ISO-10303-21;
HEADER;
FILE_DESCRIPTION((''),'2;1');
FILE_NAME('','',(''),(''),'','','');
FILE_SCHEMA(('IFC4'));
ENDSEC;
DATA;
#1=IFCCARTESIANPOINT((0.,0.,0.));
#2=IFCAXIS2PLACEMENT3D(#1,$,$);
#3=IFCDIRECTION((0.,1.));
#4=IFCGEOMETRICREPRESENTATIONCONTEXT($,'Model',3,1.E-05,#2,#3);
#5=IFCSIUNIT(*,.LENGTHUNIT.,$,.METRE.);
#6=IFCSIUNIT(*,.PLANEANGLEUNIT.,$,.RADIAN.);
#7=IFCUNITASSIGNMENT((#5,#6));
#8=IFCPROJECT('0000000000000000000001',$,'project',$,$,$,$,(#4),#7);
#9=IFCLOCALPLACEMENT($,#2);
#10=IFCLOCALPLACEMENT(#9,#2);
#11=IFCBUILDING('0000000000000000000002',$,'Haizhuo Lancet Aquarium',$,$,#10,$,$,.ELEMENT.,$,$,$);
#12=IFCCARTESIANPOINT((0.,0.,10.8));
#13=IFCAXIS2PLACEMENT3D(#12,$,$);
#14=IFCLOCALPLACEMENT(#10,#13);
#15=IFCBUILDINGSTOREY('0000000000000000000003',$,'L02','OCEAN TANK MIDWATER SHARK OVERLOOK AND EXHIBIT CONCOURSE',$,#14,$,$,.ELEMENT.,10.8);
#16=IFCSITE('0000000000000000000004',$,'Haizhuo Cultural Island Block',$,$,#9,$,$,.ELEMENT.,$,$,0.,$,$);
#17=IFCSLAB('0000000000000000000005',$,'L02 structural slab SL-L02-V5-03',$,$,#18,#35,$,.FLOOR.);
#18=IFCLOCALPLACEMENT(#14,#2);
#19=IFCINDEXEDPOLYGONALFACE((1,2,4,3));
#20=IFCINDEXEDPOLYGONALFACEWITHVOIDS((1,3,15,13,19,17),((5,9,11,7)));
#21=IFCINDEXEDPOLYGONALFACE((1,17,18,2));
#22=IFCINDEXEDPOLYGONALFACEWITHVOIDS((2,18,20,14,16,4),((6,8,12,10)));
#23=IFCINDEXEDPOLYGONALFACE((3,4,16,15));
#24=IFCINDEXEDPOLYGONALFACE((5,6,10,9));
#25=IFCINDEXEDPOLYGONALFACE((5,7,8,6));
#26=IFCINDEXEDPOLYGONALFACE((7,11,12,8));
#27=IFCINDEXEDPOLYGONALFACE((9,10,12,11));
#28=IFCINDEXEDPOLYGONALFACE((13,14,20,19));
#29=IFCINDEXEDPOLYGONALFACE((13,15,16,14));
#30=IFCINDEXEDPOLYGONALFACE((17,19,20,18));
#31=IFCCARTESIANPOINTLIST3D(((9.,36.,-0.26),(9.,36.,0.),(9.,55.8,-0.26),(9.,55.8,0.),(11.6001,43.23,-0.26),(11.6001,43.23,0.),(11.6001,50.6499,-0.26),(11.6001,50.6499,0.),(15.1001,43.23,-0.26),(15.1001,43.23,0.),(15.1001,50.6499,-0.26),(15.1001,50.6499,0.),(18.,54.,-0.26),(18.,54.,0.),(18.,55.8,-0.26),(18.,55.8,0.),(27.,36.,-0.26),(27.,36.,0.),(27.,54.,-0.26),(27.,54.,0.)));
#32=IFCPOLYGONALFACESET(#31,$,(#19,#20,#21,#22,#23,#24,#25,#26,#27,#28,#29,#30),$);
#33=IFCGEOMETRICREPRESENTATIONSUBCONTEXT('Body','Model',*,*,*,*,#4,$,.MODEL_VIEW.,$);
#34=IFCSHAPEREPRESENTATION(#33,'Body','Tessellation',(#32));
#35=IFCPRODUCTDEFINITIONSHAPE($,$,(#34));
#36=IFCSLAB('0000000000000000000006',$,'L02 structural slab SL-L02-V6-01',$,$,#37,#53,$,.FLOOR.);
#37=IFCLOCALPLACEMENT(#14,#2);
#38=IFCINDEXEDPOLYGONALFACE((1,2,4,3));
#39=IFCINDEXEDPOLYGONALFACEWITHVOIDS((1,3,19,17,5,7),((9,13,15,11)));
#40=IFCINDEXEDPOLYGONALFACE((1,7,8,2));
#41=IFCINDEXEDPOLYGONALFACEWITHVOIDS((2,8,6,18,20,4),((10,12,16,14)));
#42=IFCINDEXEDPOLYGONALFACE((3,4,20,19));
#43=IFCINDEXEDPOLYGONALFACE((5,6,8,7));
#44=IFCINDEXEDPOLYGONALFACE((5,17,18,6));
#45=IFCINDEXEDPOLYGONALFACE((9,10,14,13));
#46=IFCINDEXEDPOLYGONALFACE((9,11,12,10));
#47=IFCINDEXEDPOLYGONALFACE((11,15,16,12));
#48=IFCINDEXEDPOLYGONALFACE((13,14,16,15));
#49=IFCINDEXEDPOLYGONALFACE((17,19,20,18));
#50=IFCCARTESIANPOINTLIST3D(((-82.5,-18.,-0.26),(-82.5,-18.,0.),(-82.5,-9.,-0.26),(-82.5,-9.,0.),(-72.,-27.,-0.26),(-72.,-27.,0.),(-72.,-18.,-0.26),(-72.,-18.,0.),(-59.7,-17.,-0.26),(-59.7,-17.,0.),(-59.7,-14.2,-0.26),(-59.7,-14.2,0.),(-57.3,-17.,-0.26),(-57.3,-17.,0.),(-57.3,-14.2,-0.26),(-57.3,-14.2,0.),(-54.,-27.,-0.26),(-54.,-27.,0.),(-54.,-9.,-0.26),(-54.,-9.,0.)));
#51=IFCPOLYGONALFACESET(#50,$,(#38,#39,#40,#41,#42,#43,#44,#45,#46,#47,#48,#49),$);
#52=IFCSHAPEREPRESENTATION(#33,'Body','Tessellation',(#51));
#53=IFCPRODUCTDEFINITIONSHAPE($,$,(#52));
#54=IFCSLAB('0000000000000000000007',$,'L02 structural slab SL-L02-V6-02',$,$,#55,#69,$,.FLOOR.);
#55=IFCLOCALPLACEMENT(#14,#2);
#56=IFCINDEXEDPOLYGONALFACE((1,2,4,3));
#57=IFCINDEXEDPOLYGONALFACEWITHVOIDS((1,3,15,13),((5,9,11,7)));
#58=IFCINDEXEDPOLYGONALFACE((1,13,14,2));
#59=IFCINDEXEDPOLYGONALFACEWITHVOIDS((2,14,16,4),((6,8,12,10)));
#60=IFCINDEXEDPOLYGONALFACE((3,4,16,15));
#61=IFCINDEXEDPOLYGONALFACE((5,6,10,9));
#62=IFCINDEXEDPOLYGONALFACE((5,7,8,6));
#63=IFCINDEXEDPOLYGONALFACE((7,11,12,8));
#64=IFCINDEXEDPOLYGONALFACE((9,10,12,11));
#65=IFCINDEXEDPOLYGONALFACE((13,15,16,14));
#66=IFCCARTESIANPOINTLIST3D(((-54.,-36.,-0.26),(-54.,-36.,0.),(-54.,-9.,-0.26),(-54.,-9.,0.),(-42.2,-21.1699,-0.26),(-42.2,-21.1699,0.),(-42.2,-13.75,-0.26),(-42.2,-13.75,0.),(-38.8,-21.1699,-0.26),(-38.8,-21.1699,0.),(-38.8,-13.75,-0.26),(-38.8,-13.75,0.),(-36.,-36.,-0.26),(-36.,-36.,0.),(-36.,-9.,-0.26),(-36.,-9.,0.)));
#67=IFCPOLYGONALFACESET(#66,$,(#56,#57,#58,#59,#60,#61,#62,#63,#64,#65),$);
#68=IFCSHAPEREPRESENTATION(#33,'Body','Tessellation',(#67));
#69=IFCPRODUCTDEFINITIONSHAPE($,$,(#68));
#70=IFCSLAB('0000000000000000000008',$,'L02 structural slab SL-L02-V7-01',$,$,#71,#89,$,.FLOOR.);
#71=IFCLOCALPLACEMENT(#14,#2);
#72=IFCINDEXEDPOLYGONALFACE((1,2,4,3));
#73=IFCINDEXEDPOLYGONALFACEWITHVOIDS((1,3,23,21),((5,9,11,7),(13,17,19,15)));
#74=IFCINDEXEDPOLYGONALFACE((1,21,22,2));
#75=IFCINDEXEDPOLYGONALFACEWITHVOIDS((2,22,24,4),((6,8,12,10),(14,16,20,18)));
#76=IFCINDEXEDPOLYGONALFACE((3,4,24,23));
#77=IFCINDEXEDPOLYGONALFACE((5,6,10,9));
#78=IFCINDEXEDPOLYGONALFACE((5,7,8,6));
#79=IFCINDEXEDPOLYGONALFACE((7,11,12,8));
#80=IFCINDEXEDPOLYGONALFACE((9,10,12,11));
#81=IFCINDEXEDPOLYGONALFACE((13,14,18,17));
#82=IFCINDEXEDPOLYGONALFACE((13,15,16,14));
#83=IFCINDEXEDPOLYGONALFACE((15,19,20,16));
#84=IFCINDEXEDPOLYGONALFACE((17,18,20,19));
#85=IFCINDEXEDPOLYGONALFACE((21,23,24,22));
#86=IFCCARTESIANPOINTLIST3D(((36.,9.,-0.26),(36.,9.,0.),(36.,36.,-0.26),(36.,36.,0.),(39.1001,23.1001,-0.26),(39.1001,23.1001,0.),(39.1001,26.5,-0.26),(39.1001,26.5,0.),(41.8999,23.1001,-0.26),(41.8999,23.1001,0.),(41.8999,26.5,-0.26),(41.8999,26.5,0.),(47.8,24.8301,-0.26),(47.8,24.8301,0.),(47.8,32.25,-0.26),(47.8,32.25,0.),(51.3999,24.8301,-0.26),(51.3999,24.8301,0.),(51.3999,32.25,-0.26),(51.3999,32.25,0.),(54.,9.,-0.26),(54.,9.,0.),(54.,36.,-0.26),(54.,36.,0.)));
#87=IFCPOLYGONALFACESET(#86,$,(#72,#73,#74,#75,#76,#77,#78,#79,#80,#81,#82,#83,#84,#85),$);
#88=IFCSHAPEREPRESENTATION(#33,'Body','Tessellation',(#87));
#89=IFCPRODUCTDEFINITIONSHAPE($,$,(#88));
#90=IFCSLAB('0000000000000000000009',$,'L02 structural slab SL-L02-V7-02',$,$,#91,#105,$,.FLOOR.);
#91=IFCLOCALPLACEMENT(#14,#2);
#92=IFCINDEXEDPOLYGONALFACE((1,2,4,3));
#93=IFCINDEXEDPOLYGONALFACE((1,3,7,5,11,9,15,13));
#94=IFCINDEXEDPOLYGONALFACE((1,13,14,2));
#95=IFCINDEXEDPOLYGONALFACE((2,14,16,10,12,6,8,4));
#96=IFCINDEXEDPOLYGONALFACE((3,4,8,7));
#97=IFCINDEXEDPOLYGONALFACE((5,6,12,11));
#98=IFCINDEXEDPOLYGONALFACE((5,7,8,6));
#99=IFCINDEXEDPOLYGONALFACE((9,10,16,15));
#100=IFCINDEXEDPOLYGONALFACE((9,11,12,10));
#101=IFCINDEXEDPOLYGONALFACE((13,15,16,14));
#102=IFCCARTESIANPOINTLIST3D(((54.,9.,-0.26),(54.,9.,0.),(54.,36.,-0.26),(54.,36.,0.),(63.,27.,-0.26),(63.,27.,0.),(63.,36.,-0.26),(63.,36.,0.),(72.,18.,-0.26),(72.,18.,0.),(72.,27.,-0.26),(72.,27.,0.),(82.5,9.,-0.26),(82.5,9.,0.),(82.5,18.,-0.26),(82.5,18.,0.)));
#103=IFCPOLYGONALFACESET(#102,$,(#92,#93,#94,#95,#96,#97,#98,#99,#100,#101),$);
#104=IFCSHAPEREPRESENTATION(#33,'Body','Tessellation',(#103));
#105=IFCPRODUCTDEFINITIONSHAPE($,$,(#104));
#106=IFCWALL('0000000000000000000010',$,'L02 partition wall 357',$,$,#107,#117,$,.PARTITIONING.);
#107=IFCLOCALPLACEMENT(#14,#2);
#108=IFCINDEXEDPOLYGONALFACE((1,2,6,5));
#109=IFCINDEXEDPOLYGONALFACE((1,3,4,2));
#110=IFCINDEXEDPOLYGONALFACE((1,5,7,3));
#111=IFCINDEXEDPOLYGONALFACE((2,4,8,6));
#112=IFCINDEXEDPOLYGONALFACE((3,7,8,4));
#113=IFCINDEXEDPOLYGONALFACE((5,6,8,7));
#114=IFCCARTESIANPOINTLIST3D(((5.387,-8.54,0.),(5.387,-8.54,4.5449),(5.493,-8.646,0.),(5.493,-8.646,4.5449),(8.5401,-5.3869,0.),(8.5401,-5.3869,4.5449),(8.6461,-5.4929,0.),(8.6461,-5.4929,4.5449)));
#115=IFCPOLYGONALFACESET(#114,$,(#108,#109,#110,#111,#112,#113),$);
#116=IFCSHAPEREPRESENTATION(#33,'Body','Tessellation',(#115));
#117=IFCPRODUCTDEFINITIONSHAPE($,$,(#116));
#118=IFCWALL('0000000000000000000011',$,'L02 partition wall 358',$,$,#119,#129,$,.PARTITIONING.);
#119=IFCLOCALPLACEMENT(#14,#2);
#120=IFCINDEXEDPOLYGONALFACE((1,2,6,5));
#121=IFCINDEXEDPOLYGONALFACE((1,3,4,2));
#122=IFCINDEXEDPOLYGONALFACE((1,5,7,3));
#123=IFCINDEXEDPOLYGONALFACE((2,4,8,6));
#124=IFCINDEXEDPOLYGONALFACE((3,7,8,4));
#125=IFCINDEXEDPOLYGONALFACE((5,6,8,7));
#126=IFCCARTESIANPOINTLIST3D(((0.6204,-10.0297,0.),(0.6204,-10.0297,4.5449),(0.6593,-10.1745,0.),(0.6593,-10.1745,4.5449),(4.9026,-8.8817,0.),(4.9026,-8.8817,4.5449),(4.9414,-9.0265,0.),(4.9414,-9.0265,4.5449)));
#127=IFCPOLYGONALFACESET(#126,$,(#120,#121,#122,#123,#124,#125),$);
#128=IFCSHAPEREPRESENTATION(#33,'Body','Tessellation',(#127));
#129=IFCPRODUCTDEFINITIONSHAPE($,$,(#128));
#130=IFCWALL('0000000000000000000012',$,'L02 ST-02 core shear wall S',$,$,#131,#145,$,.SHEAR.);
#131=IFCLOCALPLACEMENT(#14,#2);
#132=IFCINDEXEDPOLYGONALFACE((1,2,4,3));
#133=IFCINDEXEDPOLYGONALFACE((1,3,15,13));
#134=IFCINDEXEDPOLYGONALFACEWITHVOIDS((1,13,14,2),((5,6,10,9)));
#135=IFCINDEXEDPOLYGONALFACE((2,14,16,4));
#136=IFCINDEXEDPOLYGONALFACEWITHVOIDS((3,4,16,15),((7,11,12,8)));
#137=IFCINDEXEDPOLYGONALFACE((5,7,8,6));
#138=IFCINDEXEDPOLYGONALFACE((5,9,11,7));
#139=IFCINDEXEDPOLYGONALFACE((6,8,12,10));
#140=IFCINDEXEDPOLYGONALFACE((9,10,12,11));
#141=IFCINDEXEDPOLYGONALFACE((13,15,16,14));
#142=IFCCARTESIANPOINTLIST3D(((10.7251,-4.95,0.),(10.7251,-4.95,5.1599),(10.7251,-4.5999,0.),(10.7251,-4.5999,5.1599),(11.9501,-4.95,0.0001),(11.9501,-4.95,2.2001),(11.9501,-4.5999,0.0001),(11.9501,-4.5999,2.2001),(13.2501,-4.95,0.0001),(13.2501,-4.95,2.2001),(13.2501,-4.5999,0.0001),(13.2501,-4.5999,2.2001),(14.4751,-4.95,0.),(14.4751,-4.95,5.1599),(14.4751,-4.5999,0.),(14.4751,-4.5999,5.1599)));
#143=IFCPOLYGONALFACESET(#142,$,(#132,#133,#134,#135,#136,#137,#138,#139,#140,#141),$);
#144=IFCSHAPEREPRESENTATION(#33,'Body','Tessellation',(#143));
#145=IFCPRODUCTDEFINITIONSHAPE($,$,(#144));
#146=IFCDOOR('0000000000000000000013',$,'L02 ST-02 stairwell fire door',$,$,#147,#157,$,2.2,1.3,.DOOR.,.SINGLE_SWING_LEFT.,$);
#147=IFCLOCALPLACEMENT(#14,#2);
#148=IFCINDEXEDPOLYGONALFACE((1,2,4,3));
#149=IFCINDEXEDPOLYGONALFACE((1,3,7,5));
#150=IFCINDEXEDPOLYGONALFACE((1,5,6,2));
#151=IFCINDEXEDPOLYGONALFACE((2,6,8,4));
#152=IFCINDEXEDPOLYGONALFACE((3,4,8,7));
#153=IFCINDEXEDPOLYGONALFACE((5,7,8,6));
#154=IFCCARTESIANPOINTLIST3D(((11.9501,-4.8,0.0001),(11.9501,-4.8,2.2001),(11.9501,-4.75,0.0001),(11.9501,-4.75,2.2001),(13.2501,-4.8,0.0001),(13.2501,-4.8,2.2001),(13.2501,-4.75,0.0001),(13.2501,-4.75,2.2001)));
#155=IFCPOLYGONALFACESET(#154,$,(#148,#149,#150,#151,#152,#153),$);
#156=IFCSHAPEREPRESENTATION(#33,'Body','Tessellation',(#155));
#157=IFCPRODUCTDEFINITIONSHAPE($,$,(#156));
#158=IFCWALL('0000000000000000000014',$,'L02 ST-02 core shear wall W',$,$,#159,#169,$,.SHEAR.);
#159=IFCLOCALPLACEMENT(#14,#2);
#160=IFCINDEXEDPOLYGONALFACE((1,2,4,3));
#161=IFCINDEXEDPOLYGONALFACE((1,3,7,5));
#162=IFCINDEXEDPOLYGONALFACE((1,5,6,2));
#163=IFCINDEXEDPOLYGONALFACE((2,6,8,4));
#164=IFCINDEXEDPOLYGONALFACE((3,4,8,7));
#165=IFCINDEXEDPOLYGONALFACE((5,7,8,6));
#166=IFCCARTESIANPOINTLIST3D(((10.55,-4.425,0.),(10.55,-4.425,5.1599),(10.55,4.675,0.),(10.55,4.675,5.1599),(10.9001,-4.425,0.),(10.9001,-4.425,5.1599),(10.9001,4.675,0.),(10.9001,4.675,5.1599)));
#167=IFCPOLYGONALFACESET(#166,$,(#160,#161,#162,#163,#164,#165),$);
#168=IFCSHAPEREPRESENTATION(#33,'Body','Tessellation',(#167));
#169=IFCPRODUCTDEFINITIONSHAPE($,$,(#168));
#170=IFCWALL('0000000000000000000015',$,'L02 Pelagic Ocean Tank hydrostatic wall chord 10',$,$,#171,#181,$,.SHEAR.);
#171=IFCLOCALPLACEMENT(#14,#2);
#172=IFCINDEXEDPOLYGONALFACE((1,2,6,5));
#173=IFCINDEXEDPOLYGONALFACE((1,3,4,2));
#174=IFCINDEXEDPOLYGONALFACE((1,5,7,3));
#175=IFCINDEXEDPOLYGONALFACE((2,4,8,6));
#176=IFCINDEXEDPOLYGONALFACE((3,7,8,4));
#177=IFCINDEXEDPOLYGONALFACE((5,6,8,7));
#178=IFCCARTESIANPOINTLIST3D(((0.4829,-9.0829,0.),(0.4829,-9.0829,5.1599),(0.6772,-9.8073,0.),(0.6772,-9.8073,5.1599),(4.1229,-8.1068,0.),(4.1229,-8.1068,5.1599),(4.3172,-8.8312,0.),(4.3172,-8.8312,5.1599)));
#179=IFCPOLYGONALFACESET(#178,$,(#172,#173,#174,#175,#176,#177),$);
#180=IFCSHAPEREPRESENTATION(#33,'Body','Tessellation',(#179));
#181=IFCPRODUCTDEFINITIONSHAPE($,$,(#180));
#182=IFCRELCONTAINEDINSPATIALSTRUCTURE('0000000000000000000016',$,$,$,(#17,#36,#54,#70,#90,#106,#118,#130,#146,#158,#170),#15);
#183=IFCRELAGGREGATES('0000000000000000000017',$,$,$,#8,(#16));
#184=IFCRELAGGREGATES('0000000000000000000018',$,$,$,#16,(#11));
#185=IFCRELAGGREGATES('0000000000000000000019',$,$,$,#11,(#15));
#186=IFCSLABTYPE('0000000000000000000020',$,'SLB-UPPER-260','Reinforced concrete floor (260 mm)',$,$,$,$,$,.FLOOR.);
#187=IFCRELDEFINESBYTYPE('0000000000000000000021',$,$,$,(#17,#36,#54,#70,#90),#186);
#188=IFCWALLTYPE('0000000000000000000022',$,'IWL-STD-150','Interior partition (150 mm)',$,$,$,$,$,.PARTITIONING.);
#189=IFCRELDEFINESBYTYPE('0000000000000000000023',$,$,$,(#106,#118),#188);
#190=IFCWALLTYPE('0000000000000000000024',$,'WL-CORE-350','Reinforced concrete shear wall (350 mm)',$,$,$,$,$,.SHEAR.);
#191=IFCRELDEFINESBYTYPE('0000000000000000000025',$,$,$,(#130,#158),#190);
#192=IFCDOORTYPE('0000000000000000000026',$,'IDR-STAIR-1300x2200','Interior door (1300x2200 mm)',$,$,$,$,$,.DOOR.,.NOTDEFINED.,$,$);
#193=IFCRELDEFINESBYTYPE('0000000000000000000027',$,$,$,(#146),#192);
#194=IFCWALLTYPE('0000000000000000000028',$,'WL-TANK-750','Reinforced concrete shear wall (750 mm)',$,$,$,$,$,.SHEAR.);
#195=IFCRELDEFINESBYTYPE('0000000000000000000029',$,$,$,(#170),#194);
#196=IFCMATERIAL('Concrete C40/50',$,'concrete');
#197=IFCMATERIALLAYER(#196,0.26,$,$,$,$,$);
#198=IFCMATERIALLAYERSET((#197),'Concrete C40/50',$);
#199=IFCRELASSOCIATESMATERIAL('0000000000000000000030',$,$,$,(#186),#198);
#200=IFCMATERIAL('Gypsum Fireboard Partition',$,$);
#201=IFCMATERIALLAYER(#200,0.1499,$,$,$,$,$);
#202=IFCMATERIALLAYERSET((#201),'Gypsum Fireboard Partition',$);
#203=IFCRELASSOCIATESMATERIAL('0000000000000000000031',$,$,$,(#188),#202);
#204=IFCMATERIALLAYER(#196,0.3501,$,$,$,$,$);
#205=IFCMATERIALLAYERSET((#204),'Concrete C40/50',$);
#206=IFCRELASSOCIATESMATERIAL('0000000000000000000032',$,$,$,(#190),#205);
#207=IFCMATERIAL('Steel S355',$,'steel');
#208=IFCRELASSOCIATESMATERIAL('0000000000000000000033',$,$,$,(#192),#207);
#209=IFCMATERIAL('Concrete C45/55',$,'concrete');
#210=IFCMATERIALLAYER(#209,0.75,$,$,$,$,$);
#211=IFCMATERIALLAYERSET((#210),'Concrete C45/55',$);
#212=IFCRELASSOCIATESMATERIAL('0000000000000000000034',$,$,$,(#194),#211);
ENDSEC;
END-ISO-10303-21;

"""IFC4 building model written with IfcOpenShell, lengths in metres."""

from ifc_helpers import new_model, si_unit, direction, frame, frame_2d, origin, place, context, subcontext, project, spatial, polyline, rectangle, outline, extrude, material, layer, layer_set, type_object, element, fill, save


model = new_model("IFC4")

# Units and contexts
model_context = context("Model", 3, precision=1e-05, world=origin(), true_north=direction((0.0, 1.0)))
body_context = subcontext(model_context, "Body", "Model", "MODEL_VIEW")
ifc_project = project(units=[si_unit("LENGTHUNIT", "METRE"), si_unit("PLANEANGLEUNIT", "RADIAN")], contexts=[model_context])

# Site, building, storey
site_placement = place(None, origin())
site = spatial("IfcSite", under=ifc_project, at=site_placement, Name="Haizhuo Cultural Island Block", CompositionType="ELEMENT", RefElevation=0.0)
building_placement = place(site_placement, origin())
building = spatial("IfcBuilding", under=site, at=building_placement, Name="Haizhuo Lancet Aquarium", CompositionType="ELEMENT")
storey_placement = place(building_placement, frame((0.0, 0.0, 10.8)))
storey = spatial("IfcBuildingStorey", under=building, at=storey_placement, Name="L02", Description="OCEAN TANK MIDWATER SHARK OVERLOOK AND EXHIBIT CONCOURSE", CompositionType="ELEMENT", Elevation=10.8)

# Shared definitions
ifc_material_1 = material(Name="Concrete C40/50", Category="concrete")
ifc_material_2 = material(Name="Steel S355", Category="steel")

# Slabs
ifc_layer_1 = layer(ifc_material_1, 0.26)
ifc_layer_set_1 = layer_set([ifc_layer_1], Name="Concrete C40/50")
slab_type_1 = type_object("IfcSlabType", Name="SLB-UPPER-260", Description="Reinforced concrete floor (260 mm)", PredefinedType="FLOOR", material=ifc_layer_set_1)
slab_1_placement = place(storey_placement, frame((0.0, 0.0, -0.26)))
element("IfcSlab", 1, at=slab_1_placement, inside=storey, type_object=slab_type_1, Name="L02 structural slab SL-L02-V5-03", PredefinedType="FLOOR", context=body_context, shape_type="SweptSolid", body=[
    extrude(outline(polyline([(9.0, 55.8), (9.0, 36.0), (27.0, 36.0), (27.0, 54.0), (18.0, 54.0), (18.0, 55.8), (9.0, 55.8)]), holes=[polyline([(11.6001, 43.23), (15.1001, 43.23), (15.1001, 50.6499), (11.6001, 50.6499), (11.6001, 43.23)])]), origin(), (0.0, 0.0, 1.0), 0.26),
])
slab_2_placement = place(storey_placement, frame((0.0, 0.0, -0.26)))
element("IfcSlab", 2, at=slab_2_placement, inside=storey, type_object=slab_type_1, Name="L02 structural slab SL-L02-V6-01", PredefinedType="FLOOR", context=body_context, shape_type="SweptSolid", body=[
    extrude(outline(polyline([(-72.0, -27.0), (-54.0, -27.0), (-54.0, -9.0), (-82.5, -9.0), (-82.5, -18.0), (-72.0, -18.0), (-72.0, -27.0)]), holes=[polyline([(-57.3, -14.2), (-59.7, -14.2), (-59.7, -17.0), (-57.3, -17.0), (-57.3, -14.2)])]), origin(), (0.0, 0.0, 1.0), 0.26),
])
slab_3_placement = place(storey_placement, frame((0.0, 0.0, -0.26)))
element("IfcSlab", 3, at=slab_3_placement, inside=storey, type_object=slab_type_1, Name="L02 structural slab SL-L02-V6-02", PredefinedType="FLOOR", context=body_context, shape_type="SweptSolid", body=[
    extrude(outline(polyline([(-54.0, -9.0), (-54.0, -36.0), (-36.0, -36.0), (-36.0, -9.0), (-54.0, -9.0)]), holes=[polyline([(-38.8, -13.75), (-42.2, -13.75), (-42.2, -21.1699), (-38.8, -21.1699), (-38.8, -13.75)])]), origin(), (0.0, 0.0, 1.0), 0.26),
])
slab_4_placement = place(storey_placement, frame((0.0, 0.0, -0.26)))
element("IfcSlab", 4, at=slab_4_placement, inside=storey, type_object=slab_type_1, Name="L02 structural slab SL-L02-V7-01", PredefinedType="FLOOR", context=body_context, shape_type="SweptSolid", body=[
    extrude(outline(polyline([(36.0, 9.0), (54.0, 9.0), (54.0, 36.0), (36.0, 36.0), (36.0, 9.0)]), holes=[polyline([(51.3999, 24.8301), (51.3999, 32.25), (47.8, 32.25), (47.8, 24.8301), (51.3999, 24.8301)]), polyline([(41.8999, 26.5), (39.1001, 26.5), (39.1001, 23.1001), (41.8999, 23.1001), (41.8999, 26.5)])]), origin(), (0.0, 0.0, 1.0), 0.26),
])
slab_5_placement = place(storey_placement, frame((0.0, 0.0, -0.26)))
element("IfcSlab", 5, at=slab_5_placement, inside=storey, type_object=slab_type_1, Name="L02 structural slab SL-L02-V7-02", PredefinedType="FLOOR", context=body_context, shape_type="SweptSolid", body=[
    extrude(outline(polyline([(54.0, 36.0), (54.0, 9.0), (82.5, 9.0), (82.5, 18.0), (72.0, 18.0), (72.0, 27.0), (63.0, 27.0), (63.0, 36.0), (54.0, 36.0)])), origin(), (0.0, 0.0, 1.0), 0.26),
])

# Walls
ifc_material_3 = material(Name="Gypsum Fireboard Partition")
ifc_layer_2 = layer(ifc_material_3, 0.1499)
ifc_layer_set_2 = layer_set([ifc_layer_2], Name="Gypsum Fireboard Partition")
wall_type_1 = type_object("IfcWallType", Name="IWL-STD-150", Description="Interior partition (150 mm)", PredefinedType="PARTITIONING", material=ifc_layer_set_2)
wall_1_placement = place(storey_placement, frame((8.593, -5.4399, 0.0), z_axis=(0.0, 0.0, 1.0), x_axis=(-0.707107, -0.707107, 0.0)))
element("IfcWall", 6, at=wall_1_placement, inside=storey, type_object=wall_type_1, Name="L02 partition wall 357", PredefinedType="PARTITIONING", context=body_context, shape_type="SweptSolid", body=[
    extrude(rectangle(XDim=4.4592, YDim=0.1499, at=frame_2d((2.2295, 0.0))), origin(), (0.0, 0.0, 1.0), 4.5449),
])
wall_2_placement = place(storey_placement, frame((4.9221, -8.9541, 0.0), z_axis=(0.0, 0.0, 1.0), x_axis=(-0.965896, -0.258931, 0.0)))
element("IfcWall", 7, at=wall_2_placement, inside=storey, type_object=wall_type_1, Name="L02 partition wall 358", PredefinedType="PARTITIONING", context=body_context, shape_type="SweptSolid", body=[
    extrude(rectangle(XDim=4.4333, YDim=0.1499, at=frame_2d((2.2168, 0.0))), origin(), (0.0, 0.0, 1.0), 4.5449),
])

# Wall, opening, door
ifc_layer_3 = layer(ifc_material_1, 0.3501)
ifc_layer_set_3 = layer_set([ifc_layer_3], Name="Concrete C40/50")
wall_type_2 = type_object("IfcWallType", Name="WL-CORE-350", Description="Reinforced concrete shear wall (350 mm)", PredefinedType="SHEAR", material=ifc_layer_set_3)
wall_3_placement = place(storey_placement, frame((10.7251, -4.7749, 0.0), z_axis=(0.0, 0.0, 1.0), x_axis=(1.0, 0.0, 0.0)))
wall_3 = element("IfcWall", 8, at=wall_3_placement, inside=storey, type_object=wall_type_2, Name="L02 ST-02 core shear wall S", PredefinedType="SHEAR", context=body_context, shape_type="SweptSolid", body=[
    extrude(rectangle(XDim=3.75, YDim=0.3501, at=frame_2d((1.875, 0.0))), origin(), (0.0, 0.0, 1.0), 5.1599),
])
opening_1_placement = place(wall_3_placement, frame((1.2251, 0.0, 0.0)))
opening_1 = element("IfcOpeningElement", 9, at=opening_1_placement, cuts=wall_3, PredefinedType="OPENING", context=body_context, shape_type="SweptSolid", body=[
    extrude(rectangle(XDim=1.3, YDim=2.2, at=frame_2d((0.6499, 1.1001))), frame((0.0, 0.1851, 0.0), z_axis=(0.0, -1.0, 0.0), x_axis=(1.0, 0.0, 0.0)), (0.0, 0.0, 1.0), 0.3701),
])
door_type_1 = type_object("IfcDoorType", Name="IDR-STAIR-1300x2200", Description="Interior door (1300x2200 mm)", OperationType="NOTDEFINED", PredefinedType="DOOR", material=ifc_material_2)
door_1_placement = place(opening_1_placement, origin())
door_1 = element("IfcDoor", 10, at=door_1_placement, inside=storey, type_object=door_type_1, Name="L02 ST-02 stairwell fire door", OperationType="SINGLE_SWING_LEFT", OverallHeight=2.2, OverallWidth=1.3, PredefinedType="DOOR", context=body_context, shape_type="SweptSolid", body=[
    extrude(rectangle(XDim=1.3, YDim=2.2, at=frame_2d((0.6499, 1.1001))), frame((0.0, 0.0249, 0.0), z_axis=(0.0, -1.0, 0.0), x_axis=(1.0, 0.0, 0.0)), (0.0, 0.0, 1.0), 0.05),
])
fill(opening_1, door_1)

# Walls
wall_4_placement = place(storey_placement, frame((10.7251, -4.425, 0.0), z_axis=(0.0, 0.0, 1.0), x_axis=(0.0, 1.0, 0.0)))
element("IfcWall", 11, at=wall_4_placement, inside=storey, type_object=wall_type_2, Name="L02 ST-02 core shear wall W", PredefinedType="SHEAR", context=body_context, shape_type="SweptSolid", body=[
    extrude(rectangle(XDim=9.1001, YDim=0.3501, at=frame_2d((4.55, 0.0))), origin(), (0.0, 0.0, 1.0), 5.1599),
])
ifc_material_4 = material(Name="Concrete C45/55", Category="concrete")
ifc_layer_4 = layer(ifc_material_4, 0.75)
ifc_layer_set_4 = layer_set([ifc_layer_4], Name="Concrete C45/55")
wall_type_3 = type_object("IfcWallType", Name="WL-TANK-750", Description="Reinforced concrete shear wall (750 mm)", PredefinedType="SHEAR", material=ifc_layer_set_4)
wall_5_placement = place(storey_placement, frame((0.5801, -9.4451, 0.0), z_axis=(0.0, 0.0, 1.0), x_axis=(0.965875, 0.259009, 0.0)))
element("IfcWall", 12, at=wall_5_placement, inside=storey, type_object=wall_type_3, Name="L02 Pelagic Ocean Tank hydrostatic wall chord 10", PredefinedType="SHEAR", context=body_context, shape_type="SweptSolid", body=[
    extrude(rectangle(XDim=3.7686, YDim=0.75, at=frame_2d((1.8843, 0.0))), origin(), (0.0, 0.0, 1.0), 5.1599),
])

save(model, "model.ifc")
